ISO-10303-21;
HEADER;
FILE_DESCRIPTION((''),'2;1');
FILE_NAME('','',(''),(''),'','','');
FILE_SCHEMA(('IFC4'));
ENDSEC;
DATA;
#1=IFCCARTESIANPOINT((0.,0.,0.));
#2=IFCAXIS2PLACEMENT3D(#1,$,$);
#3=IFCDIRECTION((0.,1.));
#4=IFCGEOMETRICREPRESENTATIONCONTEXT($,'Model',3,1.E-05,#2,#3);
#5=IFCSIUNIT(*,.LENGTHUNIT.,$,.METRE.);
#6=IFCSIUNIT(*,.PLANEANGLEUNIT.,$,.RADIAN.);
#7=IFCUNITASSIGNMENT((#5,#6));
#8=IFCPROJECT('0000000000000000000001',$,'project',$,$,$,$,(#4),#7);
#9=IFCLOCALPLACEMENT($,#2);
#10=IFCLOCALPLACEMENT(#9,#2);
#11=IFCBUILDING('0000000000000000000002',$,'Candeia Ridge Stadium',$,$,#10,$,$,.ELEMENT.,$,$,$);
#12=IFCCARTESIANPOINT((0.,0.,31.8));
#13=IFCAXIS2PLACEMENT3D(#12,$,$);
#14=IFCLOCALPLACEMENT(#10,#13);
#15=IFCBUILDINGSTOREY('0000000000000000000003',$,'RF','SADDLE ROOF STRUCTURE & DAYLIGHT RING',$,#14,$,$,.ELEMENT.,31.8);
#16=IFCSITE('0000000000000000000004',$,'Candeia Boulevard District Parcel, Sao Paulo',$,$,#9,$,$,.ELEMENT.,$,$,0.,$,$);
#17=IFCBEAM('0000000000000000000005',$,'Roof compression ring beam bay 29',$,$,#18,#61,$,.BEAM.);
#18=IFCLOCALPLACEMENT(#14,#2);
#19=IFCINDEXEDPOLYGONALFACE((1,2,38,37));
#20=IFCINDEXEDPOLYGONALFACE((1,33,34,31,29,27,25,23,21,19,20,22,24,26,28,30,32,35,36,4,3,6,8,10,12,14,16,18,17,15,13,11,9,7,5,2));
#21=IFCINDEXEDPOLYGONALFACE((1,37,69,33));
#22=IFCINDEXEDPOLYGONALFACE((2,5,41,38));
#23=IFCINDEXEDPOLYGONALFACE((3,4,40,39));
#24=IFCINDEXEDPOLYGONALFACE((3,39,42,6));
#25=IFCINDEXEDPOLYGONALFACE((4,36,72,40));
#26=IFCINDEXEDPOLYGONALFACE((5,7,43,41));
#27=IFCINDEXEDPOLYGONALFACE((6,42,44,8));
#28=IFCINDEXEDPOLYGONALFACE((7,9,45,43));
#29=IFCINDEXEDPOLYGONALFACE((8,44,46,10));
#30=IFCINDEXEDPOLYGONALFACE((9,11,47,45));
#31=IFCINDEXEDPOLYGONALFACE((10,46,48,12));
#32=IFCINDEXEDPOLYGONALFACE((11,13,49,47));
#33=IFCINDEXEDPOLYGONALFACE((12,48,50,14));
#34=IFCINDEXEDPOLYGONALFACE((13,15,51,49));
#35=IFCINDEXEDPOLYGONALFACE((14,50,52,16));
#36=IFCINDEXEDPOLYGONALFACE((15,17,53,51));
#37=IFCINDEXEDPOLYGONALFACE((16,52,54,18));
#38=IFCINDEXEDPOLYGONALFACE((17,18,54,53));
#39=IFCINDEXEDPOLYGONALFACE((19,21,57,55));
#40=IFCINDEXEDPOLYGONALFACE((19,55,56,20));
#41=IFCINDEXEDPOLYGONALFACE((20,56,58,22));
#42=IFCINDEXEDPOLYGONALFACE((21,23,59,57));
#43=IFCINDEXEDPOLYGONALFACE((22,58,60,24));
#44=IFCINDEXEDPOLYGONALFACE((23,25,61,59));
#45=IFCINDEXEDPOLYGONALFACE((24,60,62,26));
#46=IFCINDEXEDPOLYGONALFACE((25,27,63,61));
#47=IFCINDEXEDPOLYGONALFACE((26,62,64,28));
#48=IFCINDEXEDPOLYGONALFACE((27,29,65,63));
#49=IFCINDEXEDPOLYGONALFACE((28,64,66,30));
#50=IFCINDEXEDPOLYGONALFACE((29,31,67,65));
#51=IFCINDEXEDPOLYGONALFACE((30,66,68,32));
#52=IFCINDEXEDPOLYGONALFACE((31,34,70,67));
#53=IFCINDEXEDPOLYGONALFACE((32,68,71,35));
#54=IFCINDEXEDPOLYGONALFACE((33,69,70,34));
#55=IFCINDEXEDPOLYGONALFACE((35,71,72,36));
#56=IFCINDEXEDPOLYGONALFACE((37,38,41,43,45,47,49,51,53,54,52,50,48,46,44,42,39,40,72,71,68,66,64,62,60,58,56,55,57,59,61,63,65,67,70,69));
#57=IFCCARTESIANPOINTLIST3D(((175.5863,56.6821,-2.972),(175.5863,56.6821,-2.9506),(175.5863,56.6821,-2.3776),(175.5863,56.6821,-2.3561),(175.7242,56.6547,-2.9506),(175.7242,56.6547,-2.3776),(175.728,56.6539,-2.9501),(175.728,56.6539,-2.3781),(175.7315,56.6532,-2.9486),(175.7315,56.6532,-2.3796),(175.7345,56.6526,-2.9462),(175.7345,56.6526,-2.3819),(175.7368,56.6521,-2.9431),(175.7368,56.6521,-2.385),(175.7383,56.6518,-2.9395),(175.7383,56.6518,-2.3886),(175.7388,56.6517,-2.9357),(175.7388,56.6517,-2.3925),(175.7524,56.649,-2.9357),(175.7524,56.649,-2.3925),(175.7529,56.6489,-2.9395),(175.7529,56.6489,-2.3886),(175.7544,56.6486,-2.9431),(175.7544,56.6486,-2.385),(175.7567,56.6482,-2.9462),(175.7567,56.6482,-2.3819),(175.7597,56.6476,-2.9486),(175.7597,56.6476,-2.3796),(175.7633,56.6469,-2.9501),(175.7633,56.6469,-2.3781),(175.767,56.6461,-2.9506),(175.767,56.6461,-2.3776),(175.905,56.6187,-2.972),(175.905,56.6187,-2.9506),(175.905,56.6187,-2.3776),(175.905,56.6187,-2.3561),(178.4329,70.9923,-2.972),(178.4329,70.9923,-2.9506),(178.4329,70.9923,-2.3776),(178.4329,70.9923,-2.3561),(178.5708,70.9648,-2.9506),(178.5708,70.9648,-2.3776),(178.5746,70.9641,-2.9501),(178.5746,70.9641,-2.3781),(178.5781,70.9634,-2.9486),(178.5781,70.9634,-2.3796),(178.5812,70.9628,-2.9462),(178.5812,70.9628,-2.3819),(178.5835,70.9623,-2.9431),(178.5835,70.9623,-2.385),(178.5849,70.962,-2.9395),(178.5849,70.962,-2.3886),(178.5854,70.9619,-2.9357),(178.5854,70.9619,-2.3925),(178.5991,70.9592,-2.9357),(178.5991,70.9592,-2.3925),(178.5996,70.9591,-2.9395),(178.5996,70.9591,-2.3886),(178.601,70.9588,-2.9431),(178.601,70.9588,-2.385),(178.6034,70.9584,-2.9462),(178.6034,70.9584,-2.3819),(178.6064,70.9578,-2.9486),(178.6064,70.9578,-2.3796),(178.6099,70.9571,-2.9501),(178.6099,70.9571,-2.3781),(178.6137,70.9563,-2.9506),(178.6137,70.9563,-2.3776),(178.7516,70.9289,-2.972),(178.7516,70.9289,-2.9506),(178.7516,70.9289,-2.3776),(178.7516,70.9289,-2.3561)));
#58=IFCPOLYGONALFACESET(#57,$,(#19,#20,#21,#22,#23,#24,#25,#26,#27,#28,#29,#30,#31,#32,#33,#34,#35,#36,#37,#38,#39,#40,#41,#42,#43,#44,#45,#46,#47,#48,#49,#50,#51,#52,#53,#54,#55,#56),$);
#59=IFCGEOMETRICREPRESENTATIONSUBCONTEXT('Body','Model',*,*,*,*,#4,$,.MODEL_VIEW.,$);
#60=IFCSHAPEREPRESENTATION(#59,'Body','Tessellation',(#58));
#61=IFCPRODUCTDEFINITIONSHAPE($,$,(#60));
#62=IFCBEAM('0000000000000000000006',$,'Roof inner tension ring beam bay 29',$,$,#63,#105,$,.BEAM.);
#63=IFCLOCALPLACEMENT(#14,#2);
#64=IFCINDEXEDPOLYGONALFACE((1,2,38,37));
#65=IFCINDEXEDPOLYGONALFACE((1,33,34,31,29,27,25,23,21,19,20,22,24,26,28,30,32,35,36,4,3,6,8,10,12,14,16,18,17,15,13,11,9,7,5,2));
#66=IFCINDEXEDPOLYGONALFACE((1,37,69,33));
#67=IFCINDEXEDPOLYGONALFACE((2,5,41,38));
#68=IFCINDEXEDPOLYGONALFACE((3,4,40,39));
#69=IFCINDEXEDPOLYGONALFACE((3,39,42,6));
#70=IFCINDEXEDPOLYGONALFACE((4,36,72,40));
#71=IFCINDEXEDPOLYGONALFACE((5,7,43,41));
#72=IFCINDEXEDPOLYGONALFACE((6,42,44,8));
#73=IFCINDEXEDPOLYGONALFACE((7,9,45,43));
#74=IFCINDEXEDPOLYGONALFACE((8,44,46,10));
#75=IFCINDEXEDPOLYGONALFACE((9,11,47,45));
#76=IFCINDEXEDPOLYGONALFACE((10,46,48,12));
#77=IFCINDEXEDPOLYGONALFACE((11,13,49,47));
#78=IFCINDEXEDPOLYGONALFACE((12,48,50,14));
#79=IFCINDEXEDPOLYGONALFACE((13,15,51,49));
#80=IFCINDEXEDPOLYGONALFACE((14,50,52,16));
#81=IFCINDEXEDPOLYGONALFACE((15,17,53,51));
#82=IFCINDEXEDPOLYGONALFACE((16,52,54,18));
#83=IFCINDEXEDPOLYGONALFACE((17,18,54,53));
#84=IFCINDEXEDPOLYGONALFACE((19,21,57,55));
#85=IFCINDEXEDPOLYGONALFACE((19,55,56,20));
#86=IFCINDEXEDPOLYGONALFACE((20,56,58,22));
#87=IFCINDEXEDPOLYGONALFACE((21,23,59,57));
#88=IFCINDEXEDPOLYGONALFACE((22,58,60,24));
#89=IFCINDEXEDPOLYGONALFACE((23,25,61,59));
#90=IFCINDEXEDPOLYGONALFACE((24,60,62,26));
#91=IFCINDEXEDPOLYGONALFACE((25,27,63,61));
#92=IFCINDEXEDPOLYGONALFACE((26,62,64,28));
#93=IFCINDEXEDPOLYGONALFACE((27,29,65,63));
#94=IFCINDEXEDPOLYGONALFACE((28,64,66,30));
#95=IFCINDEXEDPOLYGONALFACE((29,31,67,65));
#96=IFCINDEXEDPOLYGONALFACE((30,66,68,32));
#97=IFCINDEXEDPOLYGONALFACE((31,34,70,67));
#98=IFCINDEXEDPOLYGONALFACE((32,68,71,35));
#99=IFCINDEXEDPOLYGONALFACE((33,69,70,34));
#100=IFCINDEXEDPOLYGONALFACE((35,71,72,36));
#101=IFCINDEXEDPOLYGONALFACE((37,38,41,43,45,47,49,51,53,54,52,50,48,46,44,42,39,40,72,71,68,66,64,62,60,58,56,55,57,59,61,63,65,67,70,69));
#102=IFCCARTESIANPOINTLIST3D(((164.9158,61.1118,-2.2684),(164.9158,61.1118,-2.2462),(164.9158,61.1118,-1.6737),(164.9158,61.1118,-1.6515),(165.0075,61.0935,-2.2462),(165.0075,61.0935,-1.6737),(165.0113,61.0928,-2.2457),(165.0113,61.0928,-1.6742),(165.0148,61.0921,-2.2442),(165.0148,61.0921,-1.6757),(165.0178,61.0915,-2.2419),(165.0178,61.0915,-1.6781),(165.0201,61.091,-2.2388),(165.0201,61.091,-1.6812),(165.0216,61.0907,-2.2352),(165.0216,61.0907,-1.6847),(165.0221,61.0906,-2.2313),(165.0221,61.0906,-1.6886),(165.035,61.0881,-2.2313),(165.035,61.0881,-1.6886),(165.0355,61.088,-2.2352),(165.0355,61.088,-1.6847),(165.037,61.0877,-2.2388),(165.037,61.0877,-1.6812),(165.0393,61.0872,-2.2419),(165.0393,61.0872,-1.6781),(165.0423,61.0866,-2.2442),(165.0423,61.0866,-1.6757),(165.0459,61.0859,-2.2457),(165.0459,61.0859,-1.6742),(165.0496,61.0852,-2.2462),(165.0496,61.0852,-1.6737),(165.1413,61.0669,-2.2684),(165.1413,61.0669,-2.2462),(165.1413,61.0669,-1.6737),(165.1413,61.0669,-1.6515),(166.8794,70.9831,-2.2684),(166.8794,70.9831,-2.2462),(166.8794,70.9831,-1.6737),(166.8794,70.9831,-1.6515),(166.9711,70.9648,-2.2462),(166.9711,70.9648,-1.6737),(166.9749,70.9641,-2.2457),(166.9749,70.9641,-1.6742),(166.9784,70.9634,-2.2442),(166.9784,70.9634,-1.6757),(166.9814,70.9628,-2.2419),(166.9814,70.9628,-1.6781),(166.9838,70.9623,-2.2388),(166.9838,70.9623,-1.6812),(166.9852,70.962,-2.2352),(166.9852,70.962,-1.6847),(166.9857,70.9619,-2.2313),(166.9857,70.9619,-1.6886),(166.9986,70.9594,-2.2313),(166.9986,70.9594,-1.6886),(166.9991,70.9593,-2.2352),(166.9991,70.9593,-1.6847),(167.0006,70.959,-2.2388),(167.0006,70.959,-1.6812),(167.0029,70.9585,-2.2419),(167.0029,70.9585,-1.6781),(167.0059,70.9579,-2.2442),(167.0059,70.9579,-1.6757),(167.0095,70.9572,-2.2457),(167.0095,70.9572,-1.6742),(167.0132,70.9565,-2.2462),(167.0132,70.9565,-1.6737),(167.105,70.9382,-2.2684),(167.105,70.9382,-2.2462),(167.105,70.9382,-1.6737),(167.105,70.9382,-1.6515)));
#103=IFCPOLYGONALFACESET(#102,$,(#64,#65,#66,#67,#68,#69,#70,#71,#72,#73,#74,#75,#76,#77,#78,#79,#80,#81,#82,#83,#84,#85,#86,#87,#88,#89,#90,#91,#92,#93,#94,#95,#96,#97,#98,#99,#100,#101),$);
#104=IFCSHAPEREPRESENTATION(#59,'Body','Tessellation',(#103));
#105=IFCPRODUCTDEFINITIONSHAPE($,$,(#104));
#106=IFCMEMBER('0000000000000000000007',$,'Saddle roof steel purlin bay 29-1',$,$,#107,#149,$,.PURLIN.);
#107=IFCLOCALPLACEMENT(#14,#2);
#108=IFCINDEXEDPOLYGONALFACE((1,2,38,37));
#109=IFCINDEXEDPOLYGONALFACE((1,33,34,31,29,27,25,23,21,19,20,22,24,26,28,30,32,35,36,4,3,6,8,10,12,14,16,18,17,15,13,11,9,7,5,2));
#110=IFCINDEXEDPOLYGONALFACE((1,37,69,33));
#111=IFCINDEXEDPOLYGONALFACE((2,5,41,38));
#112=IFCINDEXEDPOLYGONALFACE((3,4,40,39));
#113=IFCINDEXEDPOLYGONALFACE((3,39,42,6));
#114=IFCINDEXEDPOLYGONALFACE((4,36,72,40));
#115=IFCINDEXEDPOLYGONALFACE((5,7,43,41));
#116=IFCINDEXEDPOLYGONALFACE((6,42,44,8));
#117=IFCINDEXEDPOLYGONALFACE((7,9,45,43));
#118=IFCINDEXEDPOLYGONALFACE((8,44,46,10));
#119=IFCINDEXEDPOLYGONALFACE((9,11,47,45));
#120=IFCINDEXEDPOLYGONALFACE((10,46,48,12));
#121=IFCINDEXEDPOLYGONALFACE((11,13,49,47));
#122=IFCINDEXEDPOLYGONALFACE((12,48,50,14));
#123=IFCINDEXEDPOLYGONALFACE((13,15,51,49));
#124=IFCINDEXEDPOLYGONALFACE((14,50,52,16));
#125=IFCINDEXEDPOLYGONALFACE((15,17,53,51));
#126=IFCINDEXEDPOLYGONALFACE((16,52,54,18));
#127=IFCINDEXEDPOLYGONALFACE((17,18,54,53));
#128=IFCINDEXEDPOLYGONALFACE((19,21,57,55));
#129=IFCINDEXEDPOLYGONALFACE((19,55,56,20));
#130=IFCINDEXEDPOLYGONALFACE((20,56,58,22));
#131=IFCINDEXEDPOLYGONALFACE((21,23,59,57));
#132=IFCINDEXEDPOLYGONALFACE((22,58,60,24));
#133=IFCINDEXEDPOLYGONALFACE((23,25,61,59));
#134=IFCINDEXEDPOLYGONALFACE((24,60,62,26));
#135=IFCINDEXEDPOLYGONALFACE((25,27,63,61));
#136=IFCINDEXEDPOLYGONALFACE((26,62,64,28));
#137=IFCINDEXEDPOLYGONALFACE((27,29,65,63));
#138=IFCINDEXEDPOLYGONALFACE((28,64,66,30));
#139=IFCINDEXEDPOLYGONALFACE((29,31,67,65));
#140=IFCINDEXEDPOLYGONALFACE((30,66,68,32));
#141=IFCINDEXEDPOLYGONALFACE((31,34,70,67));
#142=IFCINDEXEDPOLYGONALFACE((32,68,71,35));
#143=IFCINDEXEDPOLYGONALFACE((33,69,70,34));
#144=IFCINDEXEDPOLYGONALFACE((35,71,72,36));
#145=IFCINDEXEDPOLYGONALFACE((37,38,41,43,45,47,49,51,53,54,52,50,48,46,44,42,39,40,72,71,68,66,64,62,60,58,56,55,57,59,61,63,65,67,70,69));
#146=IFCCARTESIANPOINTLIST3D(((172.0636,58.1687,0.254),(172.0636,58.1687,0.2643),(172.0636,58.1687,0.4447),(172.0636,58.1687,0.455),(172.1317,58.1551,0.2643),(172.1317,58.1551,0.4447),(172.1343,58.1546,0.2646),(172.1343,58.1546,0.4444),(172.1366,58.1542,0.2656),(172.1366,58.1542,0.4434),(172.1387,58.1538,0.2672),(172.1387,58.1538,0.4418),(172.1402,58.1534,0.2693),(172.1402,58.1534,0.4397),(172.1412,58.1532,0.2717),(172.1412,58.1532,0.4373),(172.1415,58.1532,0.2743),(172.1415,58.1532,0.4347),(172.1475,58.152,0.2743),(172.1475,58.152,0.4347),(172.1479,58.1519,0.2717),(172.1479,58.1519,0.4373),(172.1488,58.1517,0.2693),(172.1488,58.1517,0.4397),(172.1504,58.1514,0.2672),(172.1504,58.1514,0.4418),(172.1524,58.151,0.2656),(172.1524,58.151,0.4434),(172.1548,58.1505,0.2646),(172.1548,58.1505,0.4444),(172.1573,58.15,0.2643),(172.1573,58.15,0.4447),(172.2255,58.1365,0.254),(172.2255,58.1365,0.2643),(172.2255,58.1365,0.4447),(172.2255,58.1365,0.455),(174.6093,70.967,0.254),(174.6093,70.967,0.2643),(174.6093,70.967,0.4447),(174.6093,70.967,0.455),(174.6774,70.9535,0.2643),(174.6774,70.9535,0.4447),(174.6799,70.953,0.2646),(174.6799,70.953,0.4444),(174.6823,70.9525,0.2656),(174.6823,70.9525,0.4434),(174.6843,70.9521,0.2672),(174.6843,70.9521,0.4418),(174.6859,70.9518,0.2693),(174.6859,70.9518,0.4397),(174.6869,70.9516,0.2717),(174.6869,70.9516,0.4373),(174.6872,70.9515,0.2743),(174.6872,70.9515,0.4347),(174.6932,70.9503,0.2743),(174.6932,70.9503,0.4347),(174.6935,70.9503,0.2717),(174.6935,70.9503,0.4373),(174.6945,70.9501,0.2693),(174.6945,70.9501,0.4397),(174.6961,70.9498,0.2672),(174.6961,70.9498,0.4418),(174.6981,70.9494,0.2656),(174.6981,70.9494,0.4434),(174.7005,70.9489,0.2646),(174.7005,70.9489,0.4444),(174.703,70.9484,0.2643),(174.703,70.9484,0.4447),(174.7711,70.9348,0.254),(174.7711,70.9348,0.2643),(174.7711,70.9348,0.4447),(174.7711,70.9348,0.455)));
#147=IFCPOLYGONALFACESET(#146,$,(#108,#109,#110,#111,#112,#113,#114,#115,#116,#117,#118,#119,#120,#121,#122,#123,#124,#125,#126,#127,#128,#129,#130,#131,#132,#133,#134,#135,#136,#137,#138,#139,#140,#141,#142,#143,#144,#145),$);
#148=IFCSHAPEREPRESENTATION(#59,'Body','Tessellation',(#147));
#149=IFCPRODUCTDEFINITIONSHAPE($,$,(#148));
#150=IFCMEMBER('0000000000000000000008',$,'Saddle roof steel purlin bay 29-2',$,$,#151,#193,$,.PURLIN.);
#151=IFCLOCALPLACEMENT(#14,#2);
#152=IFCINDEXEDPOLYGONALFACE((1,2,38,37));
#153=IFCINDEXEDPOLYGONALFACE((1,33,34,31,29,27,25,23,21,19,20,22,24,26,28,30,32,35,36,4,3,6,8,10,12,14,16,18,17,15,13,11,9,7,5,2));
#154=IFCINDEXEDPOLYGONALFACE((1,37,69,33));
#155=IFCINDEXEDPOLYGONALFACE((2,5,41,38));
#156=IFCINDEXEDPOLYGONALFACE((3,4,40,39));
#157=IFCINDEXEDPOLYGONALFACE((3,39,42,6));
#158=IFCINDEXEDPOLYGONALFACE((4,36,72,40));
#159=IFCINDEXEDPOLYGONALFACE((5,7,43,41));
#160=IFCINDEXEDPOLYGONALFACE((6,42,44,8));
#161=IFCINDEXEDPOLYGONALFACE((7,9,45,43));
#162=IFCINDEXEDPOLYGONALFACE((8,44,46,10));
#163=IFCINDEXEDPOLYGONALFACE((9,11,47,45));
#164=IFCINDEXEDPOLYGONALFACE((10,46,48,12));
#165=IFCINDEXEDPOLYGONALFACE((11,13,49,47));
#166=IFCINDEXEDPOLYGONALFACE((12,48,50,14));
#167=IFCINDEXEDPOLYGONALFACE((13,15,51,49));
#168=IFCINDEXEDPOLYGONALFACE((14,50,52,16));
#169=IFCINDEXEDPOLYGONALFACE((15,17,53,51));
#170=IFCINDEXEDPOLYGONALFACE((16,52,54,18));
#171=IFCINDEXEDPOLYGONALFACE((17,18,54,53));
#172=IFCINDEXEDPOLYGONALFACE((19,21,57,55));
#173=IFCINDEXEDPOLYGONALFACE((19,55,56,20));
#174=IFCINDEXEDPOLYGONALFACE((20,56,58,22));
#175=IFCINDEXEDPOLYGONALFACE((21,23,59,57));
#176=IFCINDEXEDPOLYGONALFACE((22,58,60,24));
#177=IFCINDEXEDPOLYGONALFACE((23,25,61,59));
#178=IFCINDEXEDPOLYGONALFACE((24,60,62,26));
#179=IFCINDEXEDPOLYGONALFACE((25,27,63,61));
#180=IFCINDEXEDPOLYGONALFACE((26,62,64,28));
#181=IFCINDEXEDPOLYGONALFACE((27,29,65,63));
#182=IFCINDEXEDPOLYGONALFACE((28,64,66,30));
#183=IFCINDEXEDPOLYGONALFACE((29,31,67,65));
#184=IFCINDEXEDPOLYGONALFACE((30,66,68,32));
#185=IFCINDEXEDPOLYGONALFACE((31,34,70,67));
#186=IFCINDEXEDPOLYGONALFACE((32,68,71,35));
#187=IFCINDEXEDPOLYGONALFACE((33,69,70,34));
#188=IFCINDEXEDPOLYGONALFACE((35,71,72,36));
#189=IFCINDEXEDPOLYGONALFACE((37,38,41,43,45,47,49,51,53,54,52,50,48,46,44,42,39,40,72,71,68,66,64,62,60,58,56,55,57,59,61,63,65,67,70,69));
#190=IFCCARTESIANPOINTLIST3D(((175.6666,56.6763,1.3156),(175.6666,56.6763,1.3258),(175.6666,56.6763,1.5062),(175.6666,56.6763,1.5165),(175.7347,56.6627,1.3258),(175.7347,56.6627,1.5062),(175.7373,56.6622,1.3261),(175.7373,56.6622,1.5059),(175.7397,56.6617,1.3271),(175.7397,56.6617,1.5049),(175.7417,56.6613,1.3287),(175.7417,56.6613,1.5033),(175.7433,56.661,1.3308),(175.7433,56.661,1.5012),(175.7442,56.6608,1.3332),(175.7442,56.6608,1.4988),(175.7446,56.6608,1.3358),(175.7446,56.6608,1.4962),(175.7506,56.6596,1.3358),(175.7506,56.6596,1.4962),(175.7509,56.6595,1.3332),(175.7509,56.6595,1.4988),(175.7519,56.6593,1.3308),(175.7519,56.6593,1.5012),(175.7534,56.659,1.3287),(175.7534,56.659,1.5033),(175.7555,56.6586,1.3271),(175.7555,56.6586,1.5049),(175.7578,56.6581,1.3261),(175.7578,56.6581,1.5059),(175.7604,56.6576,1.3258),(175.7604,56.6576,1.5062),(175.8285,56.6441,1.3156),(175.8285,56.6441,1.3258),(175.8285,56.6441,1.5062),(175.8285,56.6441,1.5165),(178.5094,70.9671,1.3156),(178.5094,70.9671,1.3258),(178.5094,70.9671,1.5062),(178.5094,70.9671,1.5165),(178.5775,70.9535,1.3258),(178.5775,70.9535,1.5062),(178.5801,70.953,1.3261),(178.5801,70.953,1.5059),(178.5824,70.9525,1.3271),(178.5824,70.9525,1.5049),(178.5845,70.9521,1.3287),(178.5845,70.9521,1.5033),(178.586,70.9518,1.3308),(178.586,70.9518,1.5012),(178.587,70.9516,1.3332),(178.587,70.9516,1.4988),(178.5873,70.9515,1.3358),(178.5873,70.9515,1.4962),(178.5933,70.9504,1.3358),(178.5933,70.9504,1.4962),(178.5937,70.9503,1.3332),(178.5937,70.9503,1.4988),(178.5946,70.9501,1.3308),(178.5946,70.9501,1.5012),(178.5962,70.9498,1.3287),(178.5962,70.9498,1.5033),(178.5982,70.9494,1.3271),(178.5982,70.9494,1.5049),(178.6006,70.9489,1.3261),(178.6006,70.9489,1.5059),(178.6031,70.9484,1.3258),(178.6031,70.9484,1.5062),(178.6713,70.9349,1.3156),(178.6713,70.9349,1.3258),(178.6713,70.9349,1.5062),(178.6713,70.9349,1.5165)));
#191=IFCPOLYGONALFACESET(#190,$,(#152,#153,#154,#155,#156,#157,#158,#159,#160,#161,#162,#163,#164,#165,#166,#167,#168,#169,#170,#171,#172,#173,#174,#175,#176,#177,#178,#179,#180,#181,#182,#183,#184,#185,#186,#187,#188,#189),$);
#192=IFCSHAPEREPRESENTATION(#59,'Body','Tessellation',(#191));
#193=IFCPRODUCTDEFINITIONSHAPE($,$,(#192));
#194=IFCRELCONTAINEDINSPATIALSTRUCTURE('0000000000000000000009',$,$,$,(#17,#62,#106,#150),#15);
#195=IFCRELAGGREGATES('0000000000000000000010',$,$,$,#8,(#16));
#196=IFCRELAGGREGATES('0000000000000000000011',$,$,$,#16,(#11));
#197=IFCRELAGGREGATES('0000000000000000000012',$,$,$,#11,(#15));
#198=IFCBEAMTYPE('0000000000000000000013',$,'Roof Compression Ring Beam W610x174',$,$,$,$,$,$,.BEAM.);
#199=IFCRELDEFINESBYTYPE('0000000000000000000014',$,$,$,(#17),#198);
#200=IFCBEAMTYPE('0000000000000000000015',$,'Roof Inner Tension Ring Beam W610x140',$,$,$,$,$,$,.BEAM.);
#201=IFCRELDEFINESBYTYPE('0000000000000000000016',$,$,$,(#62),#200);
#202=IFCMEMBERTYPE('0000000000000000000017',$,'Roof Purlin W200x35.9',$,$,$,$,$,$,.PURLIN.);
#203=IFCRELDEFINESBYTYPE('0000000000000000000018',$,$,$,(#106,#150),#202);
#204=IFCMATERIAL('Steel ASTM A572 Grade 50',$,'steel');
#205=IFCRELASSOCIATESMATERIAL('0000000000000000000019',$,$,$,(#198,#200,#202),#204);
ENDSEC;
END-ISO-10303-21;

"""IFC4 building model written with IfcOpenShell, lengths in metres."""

from ifc_helpers import new_model, si_unit, direction, frame, origin, origin_2d, place, context, subcontext, project, spatial, i_section, extrude, material, material_profile, profile_set, type_object, element, save


model = new_model("IFC4")

# Units and contexts
model_context = context("Model", 3, precision=1e-05, world=origin(), true_north=direction((0.0, 1.0)))
body_context = subcontext(model_context, "Body", "Model", "MODEL_VIEW")
ifc_project = project(units=[si_unit("LENGTHUNIT", "METRE"), si_unit("PLANEANGLEUNIT", "RADIAN")], contexts=[model_context])

# Site, building, storey
site_placement = place(None, origin())
site = spatial("IfcSite", under=ifc_project, at=site_placement, Name="Candeia Boulevard District Parcel, Sao Paulo", CompositionType="ELEMENT", RefElevation=0.0)
building_placement = place(site_placement, origin())
building = spatial("IfcBuilding", under=site, at=building_placement, Name="Candeia Ridge Stadium", CompositionType="ELEMENT")
storey_placement = place(building_placement, frame((0.0, 0.0, 31.8)))
storey = spatial("IfcBuildingStorey", under=building, at=storey_placement, Name="RF", Description="SADDLE ROOF STRUCTURE & DAYLIGHT RING", CompositionType="ELEMENT", Elevation=31.8)

# Beams
ifc_material_1 = material(Name="Steel ASTM A572 Grade 50", Category="steel")
ifc_material_profile_1 = material_profile(ifc_material_1, i_section(OverallWidth=0.325, OverallDepth=0.616, WebThickness=0.0139, FlangeThickness=0.0215, FilletRadius=0.0149, at=origin_2d()), Name="W610x174", Category="steel")
ifc_profile_set_1 = profile_set([ifc_material_profile_1], Name="Steel ASTM A572 Grade 50")
beam_type_1 = type_object("IfcBeamType", Name="Roof Compression Ring Beam W610x174", PredefinedType="BEAM", material=ifc_profile_set_1)
beam_1_placement = place(storey_placement, frame((175.7456, 56.6504, -2.6641), z_axis=(0.195102, 0.980783, 0.0), x_axis=(-0.980783, 0.195102, 0.0)))
element("IfcBeam", 1, at=beam_1_placement, inside=storey, type_object=beam_type_1, Name="Roof compression ring beam bay 29", PredefinedType="BEAM", context=body_context, shape_type="SweptSolid", body=[
    extrude(i_section(OverallWidth=0.325, OverallDepth=0.616, WebThickness=0.0139, FlangeThickness=0.0215, FilletRadius=0.0149, at=origin_2d()), origin(), (0.0, 0.0, 1.0), 14.5906),
])
ifc_material_profile_2 = material_profile(ifc_material_1, i_section(OverallWidth=0.23, OverallDepth=0.6169, WebThickness=0.0132, FlangeThickness=0.0222, FilletRadius=0.0149, at=origin_2d()), Name="W610x140", Category="steel")
ifc_profile_set_2 = profile_set([ifc_material_profile_2], Name="Steel ASTM A572 Grade 50")
beam_type_2 = type_object("IfcBeamType", Name="Roof Inner Tension Ring Beam W610x140", PredefinedType="BEAM", material=ifc_profile_set_2)
beam_2_placement = place(storey_placement, frame((165.0286, 61.0894, -1.96), z_axis=(0.195099, 0.980784, 0.0), x_axis=(-0.980784, 0.195099, 0.0)))
element("IfcBeam", 2, at=beam_2_placement, inside=storey, type_object=beam_type_2, Name="Roof inner tension ring beam bay 29", PredefinedType="BEAM", context=body_context, shape_type="SweptSolid", body=[
    extrude(i_section(OverallWidth=0.23, OverallDepth=0.6169, WebThickness=0.0132, FlangeThickness=0.0222, FilletRadius=0.0149, at=origin_2d()), origin(), (0.0, 0.0, 1.0), 10.0647),
])

# Members
ifc_material_profile_3 = material_profile(ifc_material_1, i_section(OverallWidth=0.165, OverallDepth=0.2009, WebThickness=0.0061, FlangeThickness=0.0103, FilletRadius=0.01, at=origin_2d()), Name="W200x35.9", Category="steel")
ifc_profile_set_3 = profile_set([ifc_material_profile_3], Name="Steel ASTM A572 Grade 50")
member_type_1 = type_object("IfcMemberType", Name="Roof Purlin W200x35.9", PredefinedType="PURLIN", material=ifc_profile_set_3)
member_1_placement = place(storey_placement, frame((172.1445, 58.1526, 0.3545), z_axis=(0.195083, 0.980787, 0.0), x_axis=(-0.980787, 0.195083, 0.0)))
element("IfcMember", 3, at=member_1_placement, inside=storey, type_object=member_type_1, Name="Saddle roof steel purlin bay 29-1", PredefinedType="PURLIN", context=body_context, shape_type="SweptSolid", body=[
    extrude(i_section(OverallWidth=0.165, OverallDepth=0.2009, WebThickness=0.0061, FlangeThickness=0.0103, FilletRadius=0.01, at=origin_2d()), origin(), (0.0, 0.0, 1.0), 13.0491),
])
member_2_placement = place(storey_placement, frame((175.7476, 56.6602, 1.416), z_axis=(0.195101, 0.980783, 0.0), x_axis=(-0.980783, 0.195101, 0.0)))
element("IfcMember", 4, at=member_2_placement, inside=storey, type_object=member_type_1, Name="Saddle roof steel purlin bay 29-2", PredefinedType="PURLIN", context=body_context, shape_type="SweptSolid", body=[
    extrude(i_section(OverallWidth=0.165, OverallDepth=0.2009, WebThickness=0.0061, FlangeThickness=0.0103, FilletRadius=0.01, at=origin_2d()), origin(), (0.0, 0.0, 1.0), 14.5708),
])

save(model, "model.ifc")
